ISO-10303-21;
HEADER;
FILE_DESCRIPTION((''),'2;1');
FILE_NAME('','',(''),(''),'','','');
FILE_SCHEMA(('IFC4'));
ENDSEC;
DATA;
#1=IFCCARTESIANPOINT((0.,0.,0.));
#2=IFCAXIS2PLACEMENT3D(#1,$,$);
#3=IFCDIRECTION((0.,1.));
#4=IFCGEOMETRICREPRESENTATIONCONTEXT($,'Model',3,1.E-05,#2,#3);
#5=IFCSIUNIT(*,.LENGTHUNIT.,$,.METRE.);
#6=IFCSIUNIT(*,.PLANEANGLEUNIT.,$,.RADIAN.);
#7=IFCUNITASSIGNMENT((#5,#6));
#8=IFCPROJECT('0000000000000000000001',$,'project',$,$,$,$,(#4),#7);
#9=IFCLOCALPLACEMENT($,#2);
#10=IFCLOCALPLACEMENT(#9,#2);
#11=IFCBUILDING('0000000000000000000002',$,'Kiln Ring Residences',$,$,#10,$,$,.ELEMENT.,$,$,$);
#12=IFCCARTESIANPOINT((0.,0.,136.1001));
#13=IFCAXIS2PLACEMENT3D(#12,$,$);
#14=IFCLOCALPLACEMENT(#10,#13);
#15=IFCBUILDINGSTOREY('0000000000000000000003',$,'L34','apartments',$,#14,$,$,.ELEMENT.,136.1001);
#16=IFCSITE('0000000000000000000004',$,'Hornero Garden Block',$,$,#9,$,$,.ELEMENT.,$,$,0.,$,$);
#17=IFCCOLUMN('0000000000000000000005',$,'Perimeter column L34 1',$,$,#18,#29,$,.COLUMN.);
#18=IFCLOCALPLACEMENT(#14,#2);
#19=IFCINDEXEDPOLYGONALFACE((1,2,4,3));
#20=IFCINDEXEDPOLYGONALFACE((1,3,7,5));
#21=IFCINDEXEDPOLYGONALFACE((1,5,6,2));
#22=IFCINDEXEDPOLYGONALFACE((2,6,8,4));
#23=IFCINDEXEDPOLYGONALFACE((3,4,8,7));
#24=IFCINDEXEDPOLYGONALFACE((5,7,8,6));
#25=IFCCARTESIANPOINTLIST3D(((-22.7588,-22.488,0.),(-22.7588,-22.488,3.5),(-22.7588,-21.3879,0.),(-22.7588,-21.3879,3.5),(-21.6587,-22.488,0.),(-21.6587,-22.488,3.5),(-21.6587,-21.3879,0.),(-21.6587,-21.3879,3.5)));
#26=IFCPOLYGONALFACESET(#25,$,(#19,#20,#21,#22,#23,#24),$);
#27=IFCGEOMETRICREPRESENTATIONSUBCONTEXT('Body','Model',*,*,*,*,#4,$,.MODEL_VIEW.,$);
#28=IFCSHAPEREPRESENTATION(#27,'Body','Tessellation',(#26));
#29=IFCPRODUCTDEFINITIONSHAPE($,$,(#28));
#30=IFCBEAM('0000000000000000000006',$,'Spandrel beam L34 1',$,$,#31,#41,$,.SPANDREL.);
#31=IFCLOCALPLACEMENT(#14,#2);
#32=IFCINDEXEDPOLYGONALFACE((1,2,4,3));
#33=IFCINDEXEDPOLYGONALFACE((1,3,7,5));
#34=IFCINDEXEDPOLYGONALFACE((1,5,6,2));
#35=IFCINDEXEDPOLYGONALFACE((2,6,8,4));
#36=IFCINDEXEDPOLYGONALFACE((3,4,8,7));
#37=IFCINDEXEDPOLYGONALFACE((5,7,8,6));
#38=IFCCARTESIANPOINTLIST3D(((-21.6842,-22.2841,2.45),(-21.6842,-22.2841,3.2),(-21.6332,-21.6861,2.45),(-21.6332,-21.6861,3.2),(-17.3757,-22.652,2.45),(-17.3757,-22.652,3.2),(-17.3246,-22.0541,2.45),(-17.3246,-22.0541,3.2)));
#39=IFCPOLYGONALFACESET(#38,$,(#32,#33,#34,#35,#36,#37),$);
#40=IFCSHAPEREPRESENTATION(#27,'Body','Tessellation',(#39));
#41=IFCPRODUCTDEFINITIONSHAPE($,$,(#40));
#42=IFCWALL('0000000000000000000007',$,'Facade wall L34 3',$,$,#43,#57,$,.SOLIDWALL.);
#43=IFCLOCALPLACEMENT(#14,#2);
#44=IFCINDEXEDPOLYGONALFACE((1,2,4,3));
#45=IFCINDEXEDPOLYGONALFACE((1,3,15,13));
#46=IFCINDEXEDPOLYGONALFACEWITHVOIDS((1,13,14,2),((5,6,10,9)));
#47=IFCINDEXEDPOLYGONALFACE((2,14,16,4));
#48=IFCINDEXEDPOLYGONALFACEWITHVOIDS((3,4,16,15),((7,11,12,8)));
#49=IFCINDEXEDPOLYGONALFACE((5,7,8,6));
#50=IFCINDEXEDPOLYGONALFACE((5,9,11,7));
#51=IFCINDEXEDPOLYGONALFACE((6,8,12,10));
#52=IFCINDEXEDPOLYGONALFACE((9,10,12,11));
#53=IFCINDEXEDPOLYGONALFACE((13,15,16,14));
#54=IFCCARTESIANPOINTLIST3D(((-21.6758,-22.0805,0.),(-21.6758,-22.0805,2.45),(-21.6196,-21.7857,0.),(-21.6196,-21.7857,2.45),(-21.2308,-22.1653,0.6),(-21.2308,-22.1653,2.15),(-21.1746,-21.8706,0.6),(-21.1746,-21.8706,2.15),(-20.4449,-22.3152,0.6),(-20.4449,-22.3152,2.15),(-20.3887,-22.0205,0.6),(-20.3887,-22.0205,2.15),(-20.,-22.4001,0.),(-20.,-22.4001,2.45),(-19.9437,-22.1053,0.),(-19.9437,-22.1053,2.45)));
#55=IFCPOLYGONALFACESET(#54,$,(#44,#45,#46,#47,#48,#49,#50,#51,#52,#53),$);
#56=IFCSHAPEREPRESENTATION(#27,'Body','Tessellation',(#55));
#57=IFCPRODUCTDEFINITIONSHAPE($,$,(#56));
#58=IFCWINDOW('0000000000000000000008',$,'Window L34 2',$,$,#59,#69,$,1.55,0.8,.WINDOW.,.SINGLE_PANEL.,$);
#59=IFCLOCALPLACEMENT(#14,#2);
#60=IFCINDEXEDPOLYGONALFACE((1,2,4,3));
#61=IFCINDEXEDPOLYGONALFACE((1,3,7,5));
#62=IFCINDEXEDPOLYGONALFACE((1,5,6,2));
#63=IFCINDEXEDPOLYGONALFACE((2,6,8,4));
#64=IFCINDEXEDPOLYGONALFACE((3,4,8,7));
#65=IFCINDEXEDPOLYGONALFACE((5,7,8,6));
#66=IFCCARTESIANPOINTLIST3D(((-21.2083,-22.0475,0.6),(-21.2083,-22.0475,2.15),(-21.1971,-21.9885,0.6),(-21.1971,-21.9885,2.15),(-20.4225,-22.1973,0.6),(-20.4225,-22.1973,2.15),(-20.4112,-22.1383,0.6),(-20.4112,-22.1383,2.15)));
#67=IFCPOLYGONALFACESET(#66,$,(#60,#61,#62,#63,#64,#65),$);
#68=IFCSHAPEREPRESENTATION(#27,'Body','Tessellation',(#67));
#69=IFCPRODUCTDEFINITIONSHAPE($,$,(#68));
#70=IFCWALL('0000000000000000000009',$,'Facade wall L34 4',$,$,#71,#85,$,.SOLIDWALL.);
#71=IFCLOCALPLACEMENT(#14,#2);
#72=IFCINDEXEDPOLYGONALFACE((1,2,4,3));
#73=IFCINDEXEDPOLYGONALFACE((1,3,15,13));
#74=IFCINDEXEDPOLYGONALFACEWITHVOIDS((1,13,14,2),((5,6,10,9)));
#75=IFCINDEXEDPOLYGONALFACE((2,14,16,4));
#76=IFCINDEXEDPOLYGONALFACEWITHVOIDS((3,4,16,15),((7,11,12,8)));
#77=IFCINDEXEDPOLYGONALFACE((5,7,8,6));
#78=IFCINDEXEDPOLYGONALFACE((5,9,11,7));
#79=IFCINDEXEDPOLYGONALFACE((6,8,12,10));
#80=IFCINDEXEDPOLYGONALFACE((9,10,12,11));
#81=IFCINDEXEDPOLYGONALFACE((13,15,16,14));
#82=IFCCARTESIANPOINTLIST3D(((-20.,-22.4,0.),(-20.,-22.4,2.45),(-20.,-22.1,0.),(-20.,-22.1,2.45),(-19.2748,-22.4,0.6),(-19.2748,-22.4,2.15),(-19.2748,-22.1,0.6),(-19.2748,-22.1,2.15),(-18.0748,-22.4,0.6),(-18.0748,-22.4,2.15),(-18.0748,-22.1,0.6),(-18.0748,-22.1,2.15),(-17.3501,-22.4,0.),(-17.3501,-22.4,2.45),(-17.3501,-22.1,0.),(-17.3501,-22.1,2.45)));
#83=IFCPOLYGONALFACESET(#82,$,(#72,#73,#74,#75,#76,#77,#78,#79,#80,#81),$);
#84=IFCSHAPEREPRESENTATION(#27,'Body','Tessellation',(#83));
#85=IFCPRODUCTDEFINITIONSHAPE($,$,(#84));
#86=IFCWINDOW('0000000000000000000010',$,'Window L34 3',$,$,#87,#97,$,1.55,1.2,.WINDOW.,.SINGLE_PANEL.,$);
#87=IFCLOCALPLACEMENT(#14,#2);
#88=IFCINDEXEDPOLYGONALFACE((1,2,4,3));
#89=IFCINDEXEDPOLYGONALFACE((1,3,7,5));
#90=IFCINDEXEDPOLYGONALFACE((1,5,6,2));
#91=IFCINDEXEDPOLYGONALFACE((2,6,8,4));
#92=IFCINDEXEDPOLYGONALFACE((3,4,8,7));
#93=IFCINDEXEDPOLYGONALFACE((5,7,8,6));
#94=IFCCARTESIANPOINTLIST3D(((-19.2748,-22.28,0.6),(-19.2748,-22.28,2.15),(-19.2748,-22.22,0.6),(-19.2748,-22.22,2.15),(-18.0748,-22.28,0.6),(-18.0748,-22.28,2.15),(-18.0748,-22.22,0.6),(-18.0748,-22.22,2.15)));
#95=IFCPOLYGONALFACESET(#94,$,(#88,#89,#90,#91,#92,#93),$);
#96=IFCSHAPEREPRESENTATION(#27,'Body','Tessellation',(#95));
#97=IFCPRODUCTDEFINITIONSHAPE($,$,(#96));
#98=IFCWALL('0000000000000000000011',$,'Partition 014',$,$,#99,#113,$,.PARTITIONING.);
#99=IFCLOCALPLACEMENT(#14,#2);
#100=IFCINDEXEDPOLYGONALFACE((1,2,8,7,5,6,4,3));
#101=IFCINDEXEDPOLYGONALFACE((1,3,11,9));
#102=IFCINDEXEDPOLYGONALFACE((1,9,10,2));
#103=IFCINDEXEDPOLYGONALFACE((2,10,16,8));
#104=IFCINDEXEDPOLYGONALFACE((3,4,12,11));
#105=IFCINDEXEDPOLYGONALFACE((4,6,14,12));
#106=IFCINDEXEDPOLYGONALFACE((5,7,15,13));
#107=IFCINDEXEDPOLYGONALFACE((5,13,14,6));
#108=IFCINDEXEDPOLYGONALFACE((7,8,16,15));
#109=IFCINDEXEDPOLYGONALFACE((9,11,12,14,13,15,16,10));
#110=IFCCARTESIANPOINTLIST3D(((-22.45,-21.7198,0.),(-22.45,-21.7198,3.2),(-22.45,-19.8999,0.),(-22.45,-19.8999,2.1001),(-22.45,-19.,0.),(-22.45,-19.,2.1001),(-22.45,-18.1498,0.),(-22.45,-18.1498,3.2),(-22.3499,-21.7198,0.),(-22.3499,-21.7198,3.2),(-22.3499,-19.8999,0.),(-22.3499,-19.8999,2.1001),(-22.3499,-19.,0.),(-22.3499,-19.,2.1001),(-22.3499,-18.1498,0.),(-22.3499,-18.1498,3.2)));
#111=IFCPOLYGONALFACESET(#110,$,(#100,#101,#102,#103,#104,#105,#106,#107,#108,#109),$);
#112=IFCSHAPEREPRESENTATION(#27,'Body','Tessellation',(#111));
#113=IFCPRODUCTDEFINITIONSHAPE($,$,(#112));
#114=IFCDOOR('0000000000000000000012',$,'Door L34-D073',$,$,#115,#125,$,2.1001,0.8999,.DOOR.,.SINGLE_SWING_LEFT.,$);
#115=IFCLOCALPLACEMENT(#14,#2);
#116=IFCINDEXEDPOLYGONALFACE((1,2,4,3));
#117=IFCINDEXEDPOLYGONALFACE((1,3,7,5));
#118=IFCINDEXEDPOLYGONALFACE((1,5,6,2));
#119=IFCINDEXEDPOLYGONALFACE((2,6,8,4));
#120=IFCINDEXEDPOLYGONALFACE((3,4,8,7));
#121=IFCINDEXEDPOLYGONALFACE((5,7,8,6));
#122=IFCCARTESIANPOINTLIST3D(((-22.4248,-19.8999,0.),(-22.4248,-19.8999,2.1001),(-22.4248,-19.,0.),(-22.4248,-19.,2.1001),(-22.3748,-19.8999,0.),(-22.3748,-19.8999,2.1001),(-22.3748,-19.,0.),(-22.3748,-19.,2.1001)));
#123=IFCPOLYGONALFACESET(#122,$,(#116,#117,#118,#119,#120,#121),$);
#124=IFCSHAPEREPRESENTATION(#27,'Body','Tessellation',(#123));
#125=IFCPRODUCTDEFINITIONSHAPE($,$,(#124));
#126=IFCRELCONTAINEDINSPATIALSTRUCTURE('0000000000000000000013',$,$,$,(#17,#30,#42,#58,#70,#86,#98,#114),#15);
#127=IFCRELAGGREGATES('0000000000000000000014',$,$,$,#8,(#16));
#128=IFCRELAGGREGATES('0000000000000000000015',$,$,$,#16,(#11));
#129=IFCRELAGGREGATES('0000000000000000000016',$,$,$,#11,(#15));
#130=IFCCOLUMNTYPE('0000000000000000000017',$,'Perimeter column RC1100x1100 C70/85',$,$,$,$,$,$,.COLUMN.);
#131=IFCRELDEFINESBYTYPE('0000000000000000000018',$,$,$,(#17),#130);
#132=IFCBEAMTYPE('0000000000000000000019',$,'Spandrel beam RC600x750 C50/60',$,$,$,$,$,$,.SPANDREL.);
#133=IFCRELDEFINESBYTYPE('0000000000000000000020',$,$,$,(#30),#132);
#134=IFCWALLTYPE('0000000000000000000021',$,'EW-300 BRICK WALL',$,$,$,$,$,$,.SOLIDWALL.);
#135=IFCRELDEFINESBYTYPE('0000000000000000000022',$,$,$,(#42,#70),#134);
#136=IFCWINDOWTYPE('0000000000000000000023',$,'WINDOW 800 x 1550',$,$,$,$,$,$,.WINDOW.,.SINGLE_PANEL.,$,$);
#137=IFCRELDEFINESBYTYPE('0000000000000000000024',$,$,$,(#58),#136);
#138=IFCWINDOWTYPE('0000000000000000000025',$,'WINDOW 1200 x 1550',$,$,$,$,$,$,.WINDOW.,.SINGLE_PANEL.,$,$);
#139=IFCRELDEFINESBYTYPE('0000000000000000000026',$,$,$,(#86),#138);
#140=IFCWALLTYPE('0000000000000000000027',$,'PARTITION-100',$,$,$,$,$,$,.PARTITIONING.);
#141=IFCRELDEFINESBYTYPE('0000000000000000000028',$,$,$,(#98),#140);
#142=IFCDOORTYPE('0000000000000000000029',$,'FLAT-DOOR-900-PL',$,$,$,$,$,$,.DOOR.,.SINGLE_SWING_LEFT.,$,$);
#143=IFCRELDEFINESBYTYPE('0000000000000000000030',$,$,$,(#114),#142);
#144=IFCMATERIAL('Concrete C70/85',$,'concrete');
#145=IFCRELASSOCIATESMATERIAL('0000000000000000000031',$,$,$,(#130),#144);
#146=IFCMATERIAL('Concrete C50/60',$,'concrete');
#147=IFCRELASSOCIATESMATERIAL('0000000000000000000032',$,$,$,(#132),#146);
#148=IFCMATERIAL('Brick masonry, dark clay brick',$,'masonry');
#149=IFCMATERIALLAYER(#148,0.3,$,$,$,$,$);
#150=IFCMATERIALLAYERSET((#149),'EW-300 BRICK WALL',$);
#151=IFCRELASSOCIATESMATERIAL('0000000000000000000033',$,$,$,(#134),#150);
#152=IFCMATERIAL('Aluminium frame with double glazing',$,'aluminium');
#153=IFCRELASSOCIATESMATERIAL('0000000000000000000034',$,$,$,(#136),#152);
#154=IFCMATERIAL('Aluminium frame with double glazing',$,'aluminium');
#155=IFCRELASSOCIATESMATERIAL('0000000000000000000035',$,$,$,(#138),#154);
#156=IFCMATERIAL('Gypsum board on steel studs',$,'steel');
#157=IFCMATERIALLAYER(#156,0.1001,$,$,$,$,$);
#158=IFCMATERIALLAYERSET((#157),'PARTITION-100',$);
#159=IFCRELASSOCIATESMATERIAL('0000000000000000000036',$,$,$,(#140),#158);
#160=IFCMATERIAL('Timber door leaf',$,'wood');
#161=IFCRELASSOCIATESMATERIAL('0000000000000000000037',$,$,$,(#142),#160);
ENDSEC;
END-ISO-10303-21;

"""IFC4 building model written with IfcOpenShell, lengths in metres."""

from ifc_helpers import new_model, si_unit, direction, frame, frame_2d, origin, origin_2d, place, context, subcontext, project, spatial, rectangle, extrude, material, layer, layer_set, material_profile, profile_set, type_object, element, fill, save


model = new_model("IFC4")

# Units and contexts
model_context = context("Model", 3, precision=1e-05, world=origin(), true_north=direction((0.0, 1.0)))
body_context = subcontext(model_context, "Body", "Model", "MODEL_VIEW")
ifc_project = project(units=[si_unit("LENGTHUNIT", "METRE"), si_unit("PLANEANGLEUNIT", "RADIAN")], contexts=[model_context])

# Site, building, storey
site_placement = place(None, origin())
site = spatial("IfcSite", under=ifc_project, at=site_placement, Name="Hornero Garden Block", CompositionType="ELEMENT", RefElevation=0.0)
building_placement = place(site_placement, origin())
building = spatial("IfcBuilding", under=site, at=building_placement, Name="Kiln Ring Residences", CompositionType="ELEMENT")
storey_placement = place(building_placement, frame((0.0, 0.0, 136.1001)))
storey = spatial("IfcBuildingStorey", under=building, at=storey_placement, Name="L34", Description="apartments", CompositionType="ELEMENT", Elevation=136.1001)

# Column
ifc_material_1 = material(Name="Concrete C70/85", Category="concrete")
ifc_material_profile_1 = material_profile(ifc_material_1, rectangle(XDim=1.1001, YDim=1.1001, at=origin_2d()), Name="RC1100x1100")
ifc_profile_set_1 = profile_set([ifc_material_profile_1], Name="Concrete C70/85")
column_type = type_object("IfcColumnType", Name="Perimeter column RC1100x1100 C70/85", PredefinedType="COLUMN", material=ifc_profile_set_1)
column_placement = place(storey_placement, frame((-22.2087, -21.938, 0.0), z_axis=(0.0, 0.0, 1.0), x_axis=(1.0, 0.0, 0.0)))
element("IfcColumn", 1, at=column_placement, inside=storey, type_object=column_type, Name="Perimeter column L34 1", PredefinedType="COLUMN", context=body_context, shape_type="SweptSolid", body=[
    extrude(rectangle(XDim=1.1001, YDim=1.1001, at=origin_2d()), origin(), (0.0, 0.0, 1.0), 3.5),
])

# Beam
ifc_material_2 = material(Name="Concrete C50/60", Category="concrete")
ifc_material_profile_2 = material_profile(ifc_material_2, rectangle(XDim=0.6001, YDim=0.75, at=origin_2d()), Name="RC600x750")
ifc_profile_set_2 = profile_set([ifc_material_profile_2], Name="Concrete C50/60")
beam_type = type_object("IfcBeamType", Name="Spandrel beam RC600x750 C50/60", PredefinedType="SPANDREL", material=ifc_profile_set_2)
beam_placement = place(storey_placement, frame((-21.6587, -21.9851, 2.825), z_axis=(0.996374, -0.085082, 0.0), x_axis=(0.085082, 0.996374, 0.0)))
element("IfcBeam", 2, at=beam_placement, inside=storey, type_object=beam_type, Name="Spandrel beam L34 1", PredefinedType="SPANDREL", context=body_context, shape_type="SweptSolid", body=[
    extrude(rectangle(XDim=0.6001, YDim=0.75, at=origin_2d()), origin(), (0.0, 0.0, 1.0), 4.3242),
])

# Walls, openings, windows
ifc_material_3 = material(Name="Brick masonry, dark clay brick", Category="masonry")
ifc_layer_1 = layer(ifc_material_3, 0.3)
ifc_layer_set_1 = layer_set([ifc_layer_1], Name="EW-300 BRICK WALL")
wall_type_1 = type_object("IfcWallType", Name="EW-300 BRICK WALL", PredefinedType="SOLIDWALL", material=ifc_layer_set_1)
wall_1_placement = place(storey_placement, frame((-21.6477, -21.9331, 0.0), z_axis=(0.0, 0.0, 1.0), x_axis=(0.982297, -0.187329, 0.0)))
wall_1 = element("IfcWall", 3, at=wall_1_placement, inside=storey, type_object=wall_type_1, Name="Facade wall L34 3", PredefinedType="SOLIDWALL", context=body_context, shape_type="SweptSolid", body=[
    extrude(rectangle(XDim=1.7061, YDim=0.3, at=frame_2d((0.853, 0.0))), origin(), (0.0, 0.0, 1.0), 2.45),
])
opening_1_placement = place(wall_1_placement, frame((0.4531, 0.0, 0.6001)))
opening_1 = element("IfcOpeningElement", 4, at=opening_1_placement, cuts=wall_1, PredefinedType="OPENING", context=body_context, shape_type="SweptSolid", body=[
    extrude(rectangle(XDim=0.8, YDim=1.55, at=frame_2d((0.3999, 0.7749))), frame((0.0, 0.1599, 0.0), z_axis=(0.0, -1.0, 0.0), x_axis=(1.0, 0.0, 0.0)), (0.0, 0.0, 1.0), 0.3201),
])
ifc_material_4 = material(Name="Aluminium frame with double glazing", Category="aluminium")
window_type_1 = type_object("IfcWindowType", Name="WINDOW 800 x 1550", PartitioningType="SINGLE_PANEL", PredefinedType="WINDOW", material=ifc_material_4)
window_1_placement = place(opening_1_placement, origin())
window_1 = element("IfcWindow", 5, at=window_1_placement, inside=storey, type_object=window_type_1, Name="Window L34 2", OverallHeight=1.55, OverallWidth=0.8, PartitioningType="SINGLE_PANEL", PredefinedType="WINDOW", context=body_context, shape_type="SweptSolid", body=[
    extrude(rectangle(XDim=0.8, YDim=1.55, at=frame_2d((0.3999, 0.7749))), frame((0.0, 0.03, 0.0), z_axis=(0.0, -1.0, 0.0), x_axis=(1.0, 0.0, 0.0)), (0.0, 0.0, 1.0), 0.0601),
])
fill(opening_1, window_1)
wall_2_placement = place(storey_placement, frame((-20.0, -22.25, 0.0), z_axis=(0.0, 0.0, 1.0), x_axis=(1.0, 0.0, 0.0)))
wall_2 = element("IfcWall", 6, at=wall_2_placement, inside=storey, type_object=wall_type_1, Name="Facade wall L34 4", PredefinedType="SOLIDWALL", context=body_context, shape_type="SweptSolid", body=[
    extrude(rectangle(XDim=2.6499, YDim=0.3, at=frame_2d((1.325, 0.0))), origin(), (0.0, 0.0, 1.0), 2.45),
])
opening_2_placement = place(wall_2_placement, frame((0.7251, 0.0, 0.6001)))
opening_2 = element("IfcOpeningElement", 7, at=opening_2_placement, cuts=wall_2, PredefinedType="OPENING", context=body_context, shape_type="SweptSolid", body=[
    extrude(rectangle(XDim=1.2, YDim=1.55, at=frame_2d((0.6001, 0.7749))), frame((0.0, 0.1599, 0.0), z_axis=(0.0, -1.0, 0.0), x_axis=(1.0, 0.0, 0.0)), (0.0, 0.0, 1.0), 0.3201),
])
ifc_material_5 = material(Name="Aluminium frame with double glazing", Category="aluminium")
window_type_2 = type_object("IfcWindowType", Name="WINDOW 1200 x 1550", PartitioningType="SINGLE_PANEL", PredefinedType="WINDOW", material=ifc_material_5)
window_2_placement = place(opening_2_placement, origin())
window_2 = element("IfcWindow", 8, at=window_2_placement, inside=storey, type_object=window_type_2, Name="Window L34 3", OverallHeight=1.55, OverallWidth=1.2, PartitioningType="SINGLE_PANEL", PredefinedType="WINDOW", context=body_context, shape_type="SweptSolid", body=[
    extrude(rectangle(XDim=1.2, YDim=1.55, at=frame_2d((0.6001, 0.7749))), frame((0.0, 0.03, 0.0), z_axis=(0.0, -1.0, 0.0), x_axis=(1.0, 0.0, 0.0)), (0.0, 0.0, 1.0), 0.0601),
])
fill(opening_2, window_2)

# Wall, opening, door
ifc_material_6 = material(Name="Gypsum board on steel studs", Category="steel")
ifc_layer_2 = layer(ifc_material_6, 0.1001)
ifc_layer_set_2 = layer_set([ifc_layer_2], Name="PARTITION-100")
wall_type_2 = type_object("IfcWallType", Name="PARTITION-100", PredefinedType="PARTITIONING", material=ifc_layer_set_2)
wall_3_placement = place(storey_placement, frame((-22.3999, -21.72, 0.0), z_axis=(0.0, 0.0, 1.0), x_axis=(0.0, 1.0, 0.0)))
wall_3 = element("IfcWall", 9, at=wall_3_placement, inside=storey, type_object=wall_type_2, Name="Partition 014", PredefinedType="PARTITIONING", context=body_context, shape_type="SweptSolid", body=[
    extrude(rectangle(XDim=3.5701, YDim=0.1001, at=frame_2d((1.7852, 0.0))), origin(), (0.0, 0.0, 1.0), 3.2),
])
opening_3_placement = place(wall_3_placement, frame((1.8201, 0.0, 0.0)))
opening_3 = element("IfcOpeningElement", 10, at=opening_3_placement, cuts=wall_3, PredefinedType="OPENING", context=body_context, shape_type="SweptSolid", body=[
    extrude(rectangle(XDim=0.8999, YDim=2.1001, at=frame_2d((0.45, 1.05))), frame((0.0, 0.0601, 0.0), z_axis=(0.0, -1.0, 0.0), x_axis=(1.0, 0.0, 0.0)), (0.0, 0.0, 1.0), 0.1201),
])
ifc_material_7 = material(Name="Timber door leaf", Category="wood")
door_type = type_object("IfcDoorType", Name="FLAT-DOOR-900-PL", OperationType="SINGLE_SWING_LEFT", PredefinedType="DOOR", material=ifc_material_7)
door_placement = place(opening_3_placement, origin())
door = element("IfcDoor", 11, at=door_placement, inside=storey, type_object=door_type, Name="Door L34-D073", OperationType="SINGLE_SWING_LEFT", OverallHeight=2.1001, OverallWidth=0.8999, PredefinedType="DOOR", context=body_context, shape_type="SweptSolid", body=[
    extrude(rectangle(XDim=0.8999, YDim=2.1001, at=frame_2d((0.45, 1.05))), frame((0.0, 0.0249, 0.0), z_axis=(0.0, -1.0, 0.0), x_axis=(1.0, 0.0, 0.0)), (0.0, 0.0, 1.0), 0.05),
])
fill(opening_3, door)

save(model, "model.ifc")
